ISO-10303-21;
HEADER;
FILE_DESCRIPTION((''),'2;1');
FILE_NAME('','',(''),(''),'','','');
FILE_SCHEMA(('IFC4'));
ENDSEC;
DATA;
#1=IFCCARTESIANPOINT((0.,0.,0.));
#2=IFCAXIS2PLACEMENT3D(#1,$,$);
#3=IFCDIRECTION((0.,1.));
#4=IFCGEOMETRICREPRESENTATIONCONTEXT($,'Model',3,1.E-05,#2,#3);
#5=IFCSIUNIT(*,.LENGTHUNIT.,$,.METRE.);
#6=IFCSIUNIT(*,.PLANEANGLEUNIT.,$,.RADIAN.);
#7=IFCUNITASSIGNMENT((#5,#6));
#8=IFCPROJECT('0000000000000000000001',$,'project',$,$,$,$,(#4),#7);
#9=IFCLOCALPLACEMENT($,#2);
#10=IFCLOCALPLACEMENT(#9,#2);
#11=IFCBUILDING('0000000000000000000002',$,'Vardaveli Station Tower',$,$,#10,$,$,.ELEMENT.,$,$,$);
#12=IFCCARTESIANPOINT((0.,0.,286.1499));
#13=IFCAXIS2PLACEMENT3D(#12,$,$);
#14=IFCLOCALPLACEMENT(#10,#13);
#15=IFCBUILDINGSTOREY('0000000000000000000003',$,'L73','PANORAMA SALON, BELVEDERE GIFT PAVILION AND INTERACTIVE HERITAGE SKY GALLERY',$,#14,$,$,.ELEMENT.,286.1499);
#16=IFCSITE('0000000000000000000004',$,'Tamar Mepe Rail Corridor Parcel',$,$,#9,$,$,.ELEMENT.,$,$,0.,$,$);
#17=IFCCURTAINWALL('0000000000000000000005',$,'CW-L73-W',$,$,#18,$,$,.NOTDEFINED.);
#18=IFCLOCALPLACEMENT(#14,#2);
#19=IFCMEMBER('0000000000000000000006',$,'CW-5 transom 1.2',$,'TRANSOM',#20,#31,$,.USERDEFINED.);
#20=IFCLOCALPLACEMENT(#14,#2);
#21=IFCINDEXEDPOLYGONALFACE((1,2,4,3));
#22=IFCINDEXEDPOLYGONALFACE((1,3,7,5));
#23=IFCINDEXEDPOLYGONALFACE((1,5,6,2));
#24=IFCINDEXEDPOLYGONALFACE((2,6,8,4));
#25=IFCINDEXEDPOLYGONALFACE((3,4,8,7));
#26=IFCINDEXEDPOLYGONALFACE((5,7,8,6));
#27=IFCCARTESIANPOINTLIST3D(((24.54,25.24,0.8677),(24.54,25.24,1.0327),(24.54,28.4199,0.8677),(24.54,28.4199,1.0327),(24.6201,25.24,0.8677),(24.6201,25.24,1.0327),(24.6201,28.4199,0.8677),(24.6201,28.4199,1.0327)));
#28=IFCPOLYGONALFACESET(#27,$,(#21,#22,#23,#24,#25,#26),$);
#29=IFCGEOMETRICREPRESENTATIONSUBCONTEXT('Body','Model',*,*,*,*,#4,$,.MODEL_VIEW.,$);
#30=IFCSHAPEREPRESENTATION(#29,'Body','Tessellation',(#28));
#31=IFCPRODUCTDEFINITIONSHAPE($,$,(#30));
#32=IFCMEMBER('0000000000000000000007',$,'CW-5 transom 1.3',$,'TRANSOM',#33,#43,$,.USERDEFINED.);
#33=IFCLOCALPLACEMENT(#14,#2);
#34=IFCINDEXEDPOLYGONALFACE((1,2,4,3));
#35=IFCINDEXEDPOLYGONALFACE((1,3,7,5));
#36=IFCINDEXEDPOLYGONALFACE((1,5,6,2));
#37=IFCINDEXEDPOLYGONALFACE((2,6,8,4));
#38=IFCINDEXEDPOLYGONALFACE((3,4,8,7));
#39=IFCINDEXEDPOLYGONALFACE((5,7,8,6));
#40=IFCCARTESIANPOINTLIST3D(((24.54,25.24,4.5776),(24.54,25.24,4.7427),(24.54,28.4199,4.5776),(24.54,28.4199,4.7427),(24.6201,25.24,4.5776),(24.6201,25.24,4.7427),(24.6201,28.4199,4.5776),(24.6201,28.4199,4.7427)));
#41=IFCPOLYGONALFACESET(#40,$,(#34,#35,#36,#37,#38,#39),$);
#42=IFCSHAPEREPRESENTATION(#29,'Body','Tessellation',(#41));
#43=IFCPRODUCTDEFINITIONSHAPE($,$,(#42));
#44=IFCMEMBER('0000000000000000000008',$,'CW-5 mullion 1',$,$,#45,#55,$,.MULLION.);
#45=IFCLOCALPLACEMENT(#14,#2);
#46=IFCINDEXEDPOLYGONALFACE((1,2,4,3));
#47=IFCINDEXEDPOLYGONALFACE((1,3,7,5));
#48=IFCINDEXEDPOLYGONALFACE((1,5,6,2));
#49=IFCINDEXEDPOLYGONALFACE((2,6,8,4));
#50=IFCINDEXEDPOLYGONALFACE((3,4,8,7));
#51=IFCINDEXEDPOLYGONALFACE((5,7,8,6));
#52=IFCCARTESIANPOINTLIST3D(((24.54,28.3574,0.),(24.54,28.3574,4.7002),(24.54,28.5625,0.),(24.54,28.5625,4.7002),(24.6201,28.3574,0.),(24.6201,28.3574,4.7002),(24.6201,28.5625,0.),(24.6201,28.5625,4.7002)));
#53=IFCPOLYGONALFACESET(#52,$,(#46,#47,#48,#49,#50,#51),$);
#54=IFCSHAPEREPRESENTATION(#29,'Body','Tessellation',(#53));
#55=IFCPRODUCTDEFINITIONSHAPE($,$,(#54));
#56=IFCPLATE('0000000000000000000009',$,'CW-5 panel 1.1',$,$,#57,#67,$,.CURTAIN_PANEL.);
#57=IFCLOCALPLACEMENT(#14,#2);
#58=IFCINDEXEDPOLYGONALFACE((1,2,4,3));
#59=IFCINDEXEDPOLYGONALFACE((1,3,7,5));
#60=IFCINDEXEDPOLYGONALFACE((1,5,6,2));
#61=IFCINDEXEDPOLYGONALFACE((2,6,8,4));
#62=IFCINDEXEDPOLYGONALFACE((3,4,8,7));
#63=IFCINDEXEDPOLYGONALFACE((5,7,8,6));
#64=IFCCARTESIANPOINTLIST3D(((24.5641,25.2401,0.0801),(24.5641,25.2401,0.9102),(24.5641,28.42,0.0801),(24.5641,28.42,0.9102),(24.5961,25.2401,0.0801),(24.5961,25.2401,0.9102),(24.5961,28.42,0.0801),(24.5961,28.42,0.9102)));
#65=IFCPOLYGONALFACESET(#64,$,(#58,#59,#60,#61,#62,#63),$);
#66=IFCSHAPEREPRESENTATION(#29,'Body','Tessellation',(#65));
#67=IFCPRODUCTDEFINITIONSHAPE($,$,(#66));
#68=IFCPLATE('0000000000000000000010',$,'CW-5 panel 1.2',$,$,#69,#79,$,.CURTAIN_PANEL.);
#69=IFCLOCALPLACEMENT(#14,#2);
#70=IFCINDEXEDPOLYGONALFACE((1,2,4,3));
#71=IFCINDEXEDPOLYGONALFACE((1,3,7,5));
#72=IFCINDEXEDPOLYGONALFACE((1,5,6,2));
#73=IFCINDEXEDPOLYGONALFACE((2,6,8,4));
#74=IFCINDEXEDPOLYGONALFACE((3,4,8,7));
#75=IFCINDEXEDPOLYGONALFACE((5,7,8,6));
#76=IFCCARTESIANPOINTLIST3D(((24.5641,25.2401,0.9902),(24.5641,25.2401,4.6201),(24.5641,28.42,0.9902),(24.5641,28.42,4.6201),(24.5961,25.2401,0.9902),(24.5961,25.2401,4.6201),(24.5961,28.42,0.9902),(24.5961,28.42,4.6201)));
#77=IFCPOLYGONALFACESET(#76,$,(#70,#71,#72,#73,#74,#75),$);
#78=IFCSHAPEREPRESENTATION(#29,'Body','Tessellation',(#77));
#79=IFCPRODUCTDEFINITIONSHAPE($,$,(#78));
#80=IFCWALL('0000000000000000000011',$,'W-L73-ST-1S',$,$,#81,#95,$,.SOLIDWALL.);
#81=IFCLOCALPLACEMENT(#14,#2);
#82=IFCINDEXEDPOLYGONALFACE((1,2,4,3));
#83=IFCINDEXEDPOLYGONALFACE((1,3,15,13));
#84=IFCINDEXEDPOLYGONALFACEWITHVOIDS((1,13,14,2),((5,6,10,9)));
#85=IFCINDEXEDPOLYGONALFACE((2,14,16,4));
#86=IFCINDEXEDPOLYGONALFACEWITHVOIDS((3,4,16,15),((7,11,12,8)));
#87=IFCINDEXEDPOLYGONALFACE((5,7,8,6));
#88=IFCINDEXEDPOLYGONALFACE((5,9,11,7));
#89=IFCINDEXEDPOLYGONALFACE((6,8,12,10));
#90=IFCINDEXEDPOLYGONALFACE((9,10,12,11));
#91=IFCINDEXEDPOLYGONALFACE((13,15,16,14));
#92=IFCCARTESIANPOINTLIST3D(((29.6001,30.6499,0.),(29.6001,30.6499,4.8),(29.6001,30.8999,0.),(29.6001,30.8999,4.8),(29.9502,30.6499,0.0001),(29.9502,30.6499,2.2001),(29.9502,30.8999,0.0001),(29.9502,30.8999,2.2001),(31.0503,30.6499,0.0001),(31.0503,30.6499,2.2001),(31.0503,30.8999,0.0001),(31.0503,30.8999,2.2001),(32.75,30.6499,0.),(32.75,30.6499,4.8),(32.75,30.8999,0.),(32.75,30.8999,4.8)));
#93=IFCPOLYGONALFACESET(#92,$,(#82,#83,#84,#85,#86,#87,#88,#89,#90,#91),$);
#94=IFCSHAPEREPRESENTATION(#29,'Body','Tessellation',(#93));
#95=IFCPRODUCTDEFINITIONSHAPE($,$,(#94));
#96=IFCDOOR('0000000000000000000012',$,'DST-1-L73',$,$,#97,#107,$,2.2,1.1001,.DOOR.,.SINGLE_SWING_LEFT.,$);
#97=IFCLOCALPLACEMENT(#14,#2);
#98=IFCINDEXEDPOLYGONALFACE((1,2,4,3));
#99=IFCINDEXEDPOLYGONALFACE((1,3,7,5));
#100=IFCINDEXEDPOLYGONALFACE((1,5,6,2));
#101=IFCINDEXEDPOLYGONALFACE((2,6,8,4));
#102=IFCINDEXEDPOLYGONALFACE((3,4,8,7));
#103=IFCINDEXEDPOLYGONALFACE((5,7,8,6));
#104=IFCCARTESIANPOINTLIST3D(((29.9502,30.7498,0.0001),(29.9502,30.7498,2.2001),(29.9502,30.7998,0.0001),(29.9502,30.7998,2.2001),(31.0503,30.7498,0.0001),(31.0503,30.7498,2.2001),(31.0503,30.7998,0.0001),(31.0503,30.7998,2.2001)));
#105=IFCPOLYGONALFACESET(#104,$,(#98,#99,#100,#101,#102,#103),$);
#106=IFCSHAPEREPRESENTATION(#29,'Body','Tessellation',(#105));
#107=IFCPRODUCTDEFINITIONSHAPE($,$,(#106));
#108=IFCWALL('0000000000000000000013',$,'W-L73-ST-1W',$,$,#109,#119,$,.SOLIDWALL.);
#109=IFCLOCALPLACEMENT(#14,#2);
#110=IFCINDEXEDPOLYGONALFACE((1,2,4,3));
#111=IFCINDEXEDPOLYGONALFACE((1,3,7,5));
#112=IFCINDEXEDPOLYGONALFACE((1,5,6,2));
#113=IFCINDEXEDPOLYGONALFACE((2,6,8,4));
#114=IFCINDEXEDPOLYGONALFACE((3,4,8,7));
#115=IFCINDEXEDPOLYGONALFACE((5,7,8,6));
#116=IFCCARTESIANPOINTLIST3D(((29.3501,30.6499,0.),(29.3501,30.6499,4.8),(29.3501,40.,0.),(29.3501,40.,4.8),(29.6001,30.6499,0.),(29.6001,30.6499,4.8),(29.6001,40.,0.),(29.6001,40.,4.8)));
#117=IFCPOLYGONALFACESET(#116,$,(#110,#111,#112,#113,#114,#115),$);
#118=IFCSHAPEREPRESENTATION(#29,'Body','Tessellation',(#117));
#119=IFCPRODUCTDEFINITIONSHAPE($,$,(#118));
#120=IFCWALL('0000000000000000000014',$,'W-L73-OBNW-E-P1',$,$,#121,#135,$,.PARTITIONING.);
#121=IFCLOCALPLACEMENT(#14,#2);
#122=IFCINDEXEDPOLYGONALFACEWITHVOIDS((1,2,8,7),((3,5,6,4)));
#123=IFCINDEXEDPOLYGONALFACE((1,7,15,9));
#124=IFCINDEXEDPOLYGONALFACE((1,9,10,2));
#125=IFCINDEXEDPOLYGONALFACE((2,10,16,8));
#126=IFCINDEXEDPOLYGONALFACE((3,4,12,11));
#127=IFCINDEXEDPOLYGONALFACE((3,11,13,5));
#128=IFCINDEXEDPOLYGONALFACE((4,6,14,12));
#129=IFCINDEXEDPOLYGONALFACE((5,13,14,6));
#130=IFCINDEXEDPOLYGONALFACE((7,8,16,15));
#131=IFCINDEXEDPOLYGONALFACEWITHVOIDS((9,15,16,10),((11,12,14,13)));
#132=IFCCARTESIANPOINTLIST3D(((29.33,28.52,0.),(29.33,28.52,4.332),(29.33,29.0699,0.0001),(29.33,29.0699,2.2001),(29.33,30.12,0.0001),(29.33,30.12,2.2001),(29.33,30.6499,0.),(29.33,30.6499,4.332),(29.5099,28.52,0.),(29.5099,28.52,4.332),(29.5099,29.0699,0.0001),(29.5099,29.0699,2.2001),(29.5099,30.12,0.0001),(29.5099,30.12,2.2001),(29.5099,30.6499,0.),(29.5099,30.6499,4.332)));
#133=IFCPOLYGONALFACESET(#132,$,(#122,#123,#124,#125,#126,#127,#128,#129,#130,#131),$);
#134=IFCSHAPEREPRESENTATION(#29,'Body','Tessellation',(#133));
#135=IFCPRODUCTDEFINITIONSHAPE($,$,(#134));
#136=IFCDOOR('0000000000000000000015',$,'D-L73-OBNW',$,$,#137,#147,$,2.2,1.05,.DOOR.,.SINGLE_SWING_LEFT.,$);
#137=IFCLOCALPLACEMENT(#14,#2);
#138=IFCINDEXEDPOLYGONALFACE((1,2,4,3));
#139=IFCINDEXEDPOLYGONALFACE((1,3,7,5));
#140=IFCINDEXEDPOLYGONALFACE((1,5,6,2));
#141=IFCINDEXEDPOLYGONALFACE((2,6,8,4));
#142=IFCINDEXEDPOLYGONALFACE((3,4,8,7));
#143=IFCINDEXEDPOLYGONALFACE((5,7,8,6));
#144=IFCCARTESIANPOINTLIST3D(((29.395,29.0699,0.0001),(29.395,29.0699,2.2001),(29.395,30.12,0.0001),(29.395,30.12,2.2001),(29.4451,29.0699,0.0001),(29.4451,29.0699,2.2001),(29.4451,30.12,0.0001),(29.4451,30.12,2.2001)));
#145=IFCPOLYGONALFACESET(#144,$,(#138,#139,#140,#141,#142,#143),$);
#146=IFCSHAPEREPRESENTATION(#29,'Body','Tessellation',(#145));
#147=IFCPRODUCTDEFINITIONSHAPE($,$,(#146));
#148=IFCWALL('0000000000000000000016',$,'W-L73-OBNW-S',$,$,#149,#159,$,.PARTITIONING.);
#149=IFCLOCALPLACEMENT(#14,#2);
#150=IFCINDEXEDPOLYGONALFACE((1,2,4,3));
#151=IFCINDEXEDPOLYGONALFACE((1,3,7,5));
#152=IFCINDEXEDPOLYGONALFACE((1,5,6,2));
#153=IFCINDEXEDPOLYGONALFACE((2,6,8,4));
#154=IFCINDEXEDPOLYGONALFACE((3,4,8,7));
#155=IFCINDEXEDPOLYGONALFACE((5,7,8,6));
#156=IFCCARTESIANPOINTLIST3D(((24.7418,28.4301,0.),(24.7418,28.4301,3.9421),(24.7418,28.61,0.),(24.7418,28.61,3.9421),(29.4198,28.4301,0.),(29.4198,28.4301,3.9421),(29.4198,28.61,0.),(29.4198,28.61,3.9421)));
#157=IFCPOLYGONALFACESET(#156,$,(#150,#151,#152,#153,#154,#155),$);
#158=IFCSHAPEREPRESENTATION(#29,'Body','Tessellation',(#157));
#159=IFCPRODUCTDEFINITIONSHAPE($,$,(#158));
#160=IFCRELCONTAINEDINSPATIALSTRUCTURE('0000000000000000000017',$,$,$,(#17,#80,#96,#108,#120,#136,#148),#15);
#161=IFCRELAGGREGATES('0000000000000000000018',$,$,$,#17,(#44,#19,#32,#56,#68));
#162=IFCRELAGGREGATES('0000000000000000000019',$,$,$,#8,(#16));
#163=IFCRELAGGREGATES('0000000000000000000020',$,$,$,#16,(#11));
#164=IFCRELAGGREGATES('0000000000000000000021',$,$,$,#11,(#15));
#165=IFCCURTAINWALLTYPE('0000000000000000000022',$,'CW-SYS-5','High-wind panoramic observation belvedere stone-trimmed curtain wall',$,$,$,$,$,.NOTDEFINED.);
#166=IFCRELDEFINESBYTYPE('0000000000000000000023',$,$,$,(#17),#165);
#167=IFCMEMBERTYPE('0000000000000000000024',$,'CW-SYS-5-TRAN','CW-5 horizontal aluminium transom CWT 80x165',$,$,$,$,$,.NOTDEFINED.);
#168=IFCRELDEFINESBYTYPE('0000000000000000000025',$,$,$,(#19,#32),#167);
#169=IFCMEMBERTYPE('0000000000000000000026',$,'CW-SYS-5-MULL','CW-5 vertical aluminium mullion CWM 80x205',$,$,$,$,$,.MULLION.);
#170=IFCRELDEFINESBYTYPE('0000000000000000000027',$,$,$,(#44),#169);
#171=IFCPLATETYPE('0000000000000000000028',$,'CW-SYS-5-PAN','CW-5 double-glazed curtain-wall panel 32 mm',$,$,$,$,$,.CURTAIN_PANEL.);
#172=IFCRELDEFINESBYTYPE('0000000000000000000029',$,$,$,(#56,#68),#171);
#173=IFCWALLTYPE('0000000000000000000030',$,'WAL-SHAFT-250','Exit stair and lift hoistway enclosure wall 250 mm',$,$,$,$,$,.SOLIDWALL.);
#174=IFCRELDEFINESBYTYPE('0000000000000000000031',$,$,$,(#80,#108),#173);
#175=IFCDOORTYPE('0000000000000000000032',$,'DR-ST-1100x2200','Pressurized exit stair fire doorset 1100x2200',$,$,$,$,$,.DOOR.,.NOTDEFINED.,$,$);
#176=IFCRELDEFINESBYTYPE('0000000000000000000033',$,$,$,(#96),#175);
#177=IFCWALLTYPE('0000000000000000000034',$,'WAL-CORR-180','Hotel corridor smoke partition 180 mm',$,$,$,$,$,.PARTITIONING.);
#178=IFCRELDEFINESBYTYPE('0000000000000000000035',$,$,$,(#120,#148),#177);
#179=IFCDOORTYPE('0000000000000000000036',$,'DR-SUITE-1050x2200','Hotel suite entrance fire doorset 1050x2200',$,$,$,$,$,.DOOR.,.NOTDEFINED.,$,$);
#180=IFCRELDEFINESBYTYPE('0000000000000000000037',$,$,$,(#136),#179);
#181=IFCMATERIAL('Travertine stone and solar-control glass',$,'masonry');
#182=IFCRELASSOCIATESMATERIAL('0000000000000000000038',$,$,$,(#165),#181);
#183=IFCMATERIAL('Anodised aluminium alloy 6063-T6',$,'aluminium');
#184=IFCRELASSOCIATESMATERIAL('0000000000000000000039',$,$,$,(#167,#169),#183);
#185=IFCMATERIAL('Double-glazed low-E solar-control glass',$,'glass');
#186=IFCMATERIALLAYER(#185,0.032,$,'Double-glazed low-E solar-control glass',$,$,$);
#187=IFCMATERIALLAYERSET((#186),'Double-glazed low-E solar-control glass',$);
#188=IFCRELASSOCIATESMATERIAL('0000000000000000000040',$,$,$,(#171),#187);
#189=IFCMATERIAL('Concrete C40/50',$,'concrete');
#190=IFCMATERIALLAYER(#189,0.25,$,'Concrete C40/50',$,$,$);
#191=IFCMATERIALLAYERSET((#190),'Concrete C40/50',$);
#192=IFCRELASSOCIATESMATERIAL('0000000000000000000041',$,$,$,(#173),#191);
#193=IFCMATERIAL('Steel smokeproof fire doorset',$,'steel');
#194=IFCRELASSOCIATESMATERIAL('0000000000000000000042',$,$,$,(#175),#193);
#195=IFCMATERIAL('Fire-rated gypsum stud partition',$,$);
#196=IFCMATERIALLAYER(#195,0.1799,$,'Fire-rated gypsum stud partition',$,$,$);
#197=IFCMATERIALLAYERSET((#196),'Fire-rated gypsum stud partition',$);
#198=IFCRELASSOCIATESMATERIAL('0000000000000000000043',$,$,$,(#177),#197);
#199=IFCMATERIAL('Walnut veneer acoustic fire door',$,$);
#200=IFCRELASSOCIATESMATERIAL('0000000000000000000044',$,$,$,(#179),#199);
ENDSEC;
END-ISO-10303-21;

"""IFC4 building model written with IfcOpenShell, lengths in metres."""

from ifc_helpers import new_model, si_unit, direction, frame, frame_2d, origin, origin_2d, place, context, subcontext, project, spatial, rectangle, extrude, source, transform, mapped, material, layer, layer_set, material_profile, profile_set, type_object, element, fill, aggregate, save


model = new_model("IFC4")

# Units and contexts
model_context = context("Model", 3, precision=1e-05, world=origin(), true_north=direction((0.0, 1.0)))
body_context = subcontext(model_context, "Body", "Model", "MODEL_VIEW")
ifc_project = project(units=[si_unit("LENGTHUNIT", "METRE"), si_unit("PLANEANGLEUNIT", "RADIAN")], contexts=[model_context])

# Site, building, storey
site_placement = place(None, origin())
site = spatial("IfcSite", under=ifc_project, at=site_placement, Name="Tamar Mepe Rail Corridor Parcel", CompositionType="ELEMENT", RefElevation=0.0)
building_placement = place(site_placement, origin())
building = spatial("IfcBuilding", under=site, at=building_placement, Name="Vardaveli Station Tower", CompositionType="ELEMENT")
storey_placement = place(building_placement, frame((0.0, 0.0, 286.1499)))
storey = spatial("IfcBuildingStorey", under=building, at=storey_placement, Name="L73", Description="PANORAMA SALON, BELVEDERE GIFT PAVILION AND INTERACTIVE HERITAGE SKY GALLERY", CompositionType="ELEMENT", Elevation=286.1499)

# Curtain wall, members, plates
ifc_material_1 = material(Name="Travertine stone and solar-control glass", Category="masonry")
curtain_wall_type = type_object("IfcCurtainWallType", Name="CW-SYS-5", Description="High-wind panoramic observation belvedere stone-trimmed curtain wall", PredefinedType="NOTDEFINED", material=ifc_material_1)
curtain_wall_placement = place(storey_placement, origin())
curtain_wall = element("IfcCurtainWall", 1, at=curtain_wall_placement, inside=storey, type_object=curtain_wall_type, Name="CW-L73-W", PredefinedType="NOTDEFINED")
ifc_material_2 = material(Name="Anodised aluminium alloy 6063-T6", Category="aluminium")
ifc_material_profile_1 = material_profile(ifc_material_2, rectangle(XDim=0.0801, YDim=0.165, at=origin_2d()), Name="CWT 80x165")
ifc_profile_set_1 = profile_set([ifc_material_profile_1], Name="Anodised aluminium alloy 6063-T6")
member_type_1 = type_object("IfcMemberType", Name="CW-SYS-5-TRAN", Description="CW-5 horizontal aluminium transom CWT 80x165", PredefinedType="NOTDEFINED", material=ifc_profile_set_1)
shared_shape_1 = source(origin(), body_context, "Body", "SweptSolid", [
    extrude(rectangle(XDim=0.0801, YDim=0.165, at=origin_2d()), origin(), (0.0, 0.0, 1.0), 3.1799),
])
member_1_placement = place(storey_placement, frame((24.5801, 28.4199, 0.9502), z_axis=(0.0, -1.0, 0.0), x_axis=(1.0, 0.0, 0.0)))
member_1 = element("IfcMember", 2, at=member_1_placement, type_object=member_type_1, Name="CW-5 transom 1.2", ObjectType="TRANSOM", PredefinedType="USERDEFINED", context=body_context, shape_type="MappedRepresentation", body=[
    mapped(shared_shape_1, transform((0.0, 0.0, 0.0), scale=1.0)),
])
member_2_placement = place(storey_placement, frame((24.5801, 28.4199, 4.6602), z_axis=(0.0, -1.0, 0.0), x_axis=(1.0, 0.0, 0.0)))
member_2 = element("IfcMember", 3, at=member_2_placement, type_object=member_type_1, Name="CW-5 transom 1.3", ObjectType="TRANSOM", PredefinedType="USERDEFINED", context=body_context, shape_type="MappedRepresentation", body=[
    mapped(shared_shape_1, transform((0.0, 0.0, 0.0), scale=1.0)),
])
ifc_material_profile_2 = material_profile(ifc_material_2, rectangle(XDim=0.0801, YDim=0.2051, at=origin_2d()), Name="CWM 80x205")
ifc_profile_set_2 = profile_set([ifc_material_profile_2], Name="Anodised aluminium alloy 6063-T6")
member_type_2 = type_object("IfcMemberType", Name="CW-SYS-5-MULL", Description="CW-5 vertical aluminium mullion CWM 80x205", PredefinedType="MULLION", material=ifc_profile_set_2)
shared_shape_2 = source(origin(), body_context, "Body", "SweptSolid", [
    extrude(rectangle(XDim=0.0801, YDim=0.2051, at=origin_2d()), origin(), (0.0, 0.0, 1.0), 4.7002),
])
member_3_placement = place(storey_placement, frame((24.5801, 28.46, 0.0), z_axis=(0.0, 0.0, 1.0), x_axis=(1.0, 0.0, 0.0)))
member_3 = element("IfcMember", 4, at=member_3_placement, type_object=member_type_2, Name="CW-5 mullion 1", PredefinedType="MULLION", context=body_context, shape_type="MappedRepresentation", body=[
    mapped(shared_shape_2, transform((0.0, 0.0, 0.0), scale=1.0)),
])
ifc_material_3 = material(Name="Double-glazed low-E solar-control glass", Category="glass")
ifc_layer_1 = layer(ifc_material_3, 0.032, Name="Double-glazed low-E solar-control glass")
ifc_layer_set_1 = layer_set([ifc_layer_1], Name="Double-glazed low-E solar-control glass")
plate_type = type_object("IfcPlateType", Name="CW-SYS-5-PAN", Description="CW-5 double-glazed curtain-wall panel 32 mm", PredefinedType="CURTAIN_PANEL", material=ifc_layer_set_1)
shared_shape_3 = source(origin(), body_context, "Body", "SweptSolid", [
    extrude(rectangle(XDim=3.1799, YDim=0.032, at=origin_2d()), origin(), (0.0, 0.0, 1.0), 0.8301),
])
plate_1_placement = place(storey_placement, frame((24.5801, 26.8301, 0.0801), z_axis=(0.0, 0.0, 1.0), x_axis=(0.0, -1.0, 0.0)))
plate_1 = element("IfcPlate", 5, at=plate_1_placement, type_object=plate_type, Name="CW-5 panel 1.1", PredefinedType="CURTAIN_PANEL", context=body_context, shape_type="MappedRepresentation", body=[
    mapped(shared_shape_3, transform((0.0, 0.0, 0.0), scale=1.0)),
])
shared_shape_4 = source(origin(), body_context, "Body", "SweptSolid", [
    extrude(rectangle(XDim=3.1799, YDim=0.032, at=origin_2d()), origin(), (0.0, 0.0, 1.0), 3.6299),
])
plate_2_placement = place(storey_placement, frame((24.5801, 26.8301, 0.9902), z_axis=(0.0, 0.0, 1.0), x_axis=(0.0, -1.0, 0.0)))
plate_2 = element("IfcPlate", 6, at=plate_2_placement, type_object=plate_type, Name="CW-5 panel 1.2", PredefinedType="CURTAIN_PANEL", context=body_context, shape_type="MappedRepresentation", body=[
    mapped(shared_shape_4, transform((0.0, 0.0, 0.0), scale=1.0)),
])
aggregate(curtain_wall, [member_3, member_1, member_2, plate_1, plate_2])

# Wall, opening, door
ifc_material_4 = material(Name="Concrete C40/50", Category="concrete")
ifc_layer_2 = layer(ifc_material_4, 0.25, Name="Concrete C40/50")
ifc_layer_set_2 = layer_set([ifc_layer_2], Name="Concrete C40/50")
wall_type_1 = type_object("IfcWallType", Name="WAL-SHAFT-250", Description="Exit stair and lift hoistway enclosure wall 250 mm", PredefinedType="SOLIDWALL", material=ifc_layer_set_2)
shared_shape_5 = source(origin(), body_context, "Body", "SweptSolid", [
    extrude(rectangle(XDim=3.1499, YDim=0.25, at=frame_2d((1.575, 0.0))), origin(), (0.0, 0.0, 1.0), 4.8),
])
wall_1_placement = place(storey_placement, frame((29.6001, 30.7749, 0.0), z_axis=(0.0, 0.0, 1.0), x_axis=(1.0, 0.0, 0.0)))
wall_1 = element("IfcWall", 7, at=wall_1_placement, inside=storey, type_object=wall_type_1, Name="W-L73-ST-1S", PredefinedType="SOLIDWALL", context=body_context, shape_type="MappedRepresentation", body=[
    mapped(shared_shape_5, transform((0.0, 0.0, 0.0), scale=1.0)),
])
shared_shape_6 = source(origin(), body_context, "Body", "SweptSolid", [
    extrude(rectangle(XDim=1.1001, YDim=2.2, at=frame_2d((0.55, 1.1001))), frame((0.0, 0.135, 0.0), z_axis=(0.0, -1.0, 0.0), x_axis=(1.0, 0.0, 0.0)), (0.0, 0.0, 1.0), 0.27),
])
opening_1_placement = place(wall_1_placement, frame((0.3501, 0.0, 0.0)))
opening_1 = element("IfcOpeningElement", 8, at=opening_1_placement, cuts=wall_1, PredefinedType="OPENING", context=body_context, shape_type="MappedRepresentation", body=[
    mapped(shared_shape_6, transform((0.0, 0.0, 0.0), scale=1.0)),
])
ifc_material_5 = material(Name="Steel smokeproof fire doorset", Category="steel")
door_type_1 = type_object("IfcDoorType", Name="DR-ST-1100x2200", Description="Pressurized exit stair fire doorset 1100x2200", OperationType="NOTDEFINED", PredefinedType="DOOR", material=ifc_material_5)
shared_shape_7 = source(origin(), body_context, "Body", "SweptSolid", [
    extrude(rectangle(XDim=1.1001, YDim=2.2, at=frame_2d((0.55, 1.1001))), frame((0.0, 0.0249, 0.0), z_axis=(0.0, -1.0, 0.0), x_axis=(1.0, 0.0, 0.0)), (0.0, 0.0, 1.0), 0.05),
])
door_1_placement = place(opening_1_placement, origin())
door_1 = element("IfcDoor", 9, at=door_1_placement, inside=storey, type_object=door_type_1, Name="DST-1-L73", OperationType="SINGLE_SWING_LEFT", OverallHeight=2.2, OverallWidth=1.1001, PredefinedType="DOOR", context=body_context, shape_type="MappedRepresentation", body=[
    mapped(shared_shape_7, transform((0.0, 0.0, 0.0), scale=1.0)),
])
fill(opening_1, door_1)

# Wall
shared_shape_8 = source(origin(), body_context, "Body", "SweptSolid", [
    extrude(rectangle(XDim=9.3501, YDim=0.25, at=frame_2d((4.675, 0.0))), origin(), (0.0, 0.0, 1.0), 4.8),
])
wall_2_placement = place(storey_placement, frame((29.4751, 30.6499, 0.0), z_axis=(0.0, 0.0, 1.0), x_axis=(0.0, 1.0, 0.0)))
element("IfcWall", 10, at=wall_2_placement, inside=storey, type_object=wall_type_1, Name="W-L73-ST-1W", PredefinedType="SOLIDWALL", context=body_context, shape_type="MappedRepresentation", body=[
    mapped(shared_shape_8, transform((0.0, 0.0, 0.0), scale=1.0)),
])

# Wall, opening, door
ifc_material_6 = material(Name="Fire-rated gypsum stud partition")
ifc_layer_3 = layer(ifc_material_6, 0.1799, Name="Fire-rated gypsum stud partition")
ifc_layer_set_3 = layer_set([ifc_layer_3], Name="Fire-rated gypsum stud partition")
wall_type_2 = type_object("IfcWallType", Name="WAL-CORR-180", Description="Hotel corridor smoke partition 180 mm", PredefinedType="PARTITIONING", material=ifc_layer_set_3)
shared_shape_9 = source(origin(), body_context, "Body", "SweptSolid", [
    extrude(rectangle(XDim=2.1299, YDim=0.1799, at=frame_2d((1.0649, 0.0))), origin(), (0.0, 0.0, 1.0), 4.332),
])
wall_3_placement = place(storey_placement, frame((29.4199, 28.52, 0.0), z_axis=(0.0, 0.0, 1.0), x_axis=(0.0, 1.0, 0.0)))
wall_3 = element("IfcWall", 11, at=wall_3_placement, inside=storey, type_object=wall_type_2, Name="W-L73-OBNW-E-P1", PredefinedType="PARTITIONING", context=body_context, shape_type="MappedRepresentation", body=[
    mapped(shared_shape_9, transform((0.0, 0.0, 0.0), scale=1.0)),
])
shared_shape_10 = source(origin(), body_context, "Body", "SweptSolid", [
    extrude(rectangle(XDim=1.05, YDim=2.2, at=frame_2d((0.5249, 1.1001))), frame((0.0, 0.1001, 0.0), z_axis=(0.0, -1.0, 0.0), x_axis=(1.0, 0.0, 0.0)), (0.0, 0.0, 1.0), 0.2),
])
opening_2_placement = place(wall_3_placement, frame((0.55, 0.0, 0.0)))
opening_2 = element("IfcOpeningElement", 12, at=opening_2_placement, cuts=wall_3, PredefinedType="OPENING", context=body_context, shape_type="MappedRepresentation", body=[
    mapped(shared_shape_10, transform((0.0, 0.0, 0.0), scale=1.0)),
])
ifc_material_7 = material(Name="Walnut veneer acoustic fire door")
door_type_2 = type_object("IfcDoorType", Name="DR-SUITE-1050x2200", Description="Hotel suite entrance fire doorset 1050x2200", OperationType="NOTDEFINED", PredefinedType="DOOR", material=ifc_material_7)
shared_shape_11 = source(origin(), body_context, "Body", "SweptSolid", [
    extrude(rectangle(XDim=1.05, YDim=2.2, at=frame_2d((0.5249, 1.1001))), frame((0.0, 0.0249, 0.0), z_axis=(0.0, -1.0, 0.0), x_axis=(1.0, 0.0, 0.0)), (0.0, 0.0, 1.0), 0.05),
])
door_2_placement = place(opening_2_placement, origin())
door_2 = element("IfcDoor", 13, at=door_2_placement, inside=storey, type_object=door_type_2, Name="D-L73-OBNW", OperationType="SINGLE_SWING_LEFT", OverallHeight=2.2, OverallWidth=1.05, PredefinedType="DOOR", context=body_context, shape_type="MappedRepresentation", body=[
    mapped(shared_shape_11, transform((0.0, 0.0, 0.0), scale=1.0)),
])
fill(opening_2, door_2)

# Wall
shared_shape_12 = source(origin(), body_context, "Body", "SweptSolid", [
    extrude(rectangle(XDim=4.678, YDim=0.1799, at=frame_2d((2.3389, 0.0))), origin(), (0.0, 0.0, 1.0), 3.9421),
])
wall_4_placement = place(storey_placement, frame((24.7419, 28.52, 0.0), z_axis=(0.0, 0.0, 1.0), x_axis=(1.0, 0.0, 0.0)))
element("IfcWall", 14, at=wall_4_placement, inside=storey, type_object=wall_type_2, Name="W-L73-OBNW-S", PredefinedType="PARTITIONING", context=body_context, shape_type="MappedRepresentation", body=[
    mapped(shared_shape_12, transform((0.0, 0.0, 0.0), scale=1.0)),
])

save(model, "model.ifc")
